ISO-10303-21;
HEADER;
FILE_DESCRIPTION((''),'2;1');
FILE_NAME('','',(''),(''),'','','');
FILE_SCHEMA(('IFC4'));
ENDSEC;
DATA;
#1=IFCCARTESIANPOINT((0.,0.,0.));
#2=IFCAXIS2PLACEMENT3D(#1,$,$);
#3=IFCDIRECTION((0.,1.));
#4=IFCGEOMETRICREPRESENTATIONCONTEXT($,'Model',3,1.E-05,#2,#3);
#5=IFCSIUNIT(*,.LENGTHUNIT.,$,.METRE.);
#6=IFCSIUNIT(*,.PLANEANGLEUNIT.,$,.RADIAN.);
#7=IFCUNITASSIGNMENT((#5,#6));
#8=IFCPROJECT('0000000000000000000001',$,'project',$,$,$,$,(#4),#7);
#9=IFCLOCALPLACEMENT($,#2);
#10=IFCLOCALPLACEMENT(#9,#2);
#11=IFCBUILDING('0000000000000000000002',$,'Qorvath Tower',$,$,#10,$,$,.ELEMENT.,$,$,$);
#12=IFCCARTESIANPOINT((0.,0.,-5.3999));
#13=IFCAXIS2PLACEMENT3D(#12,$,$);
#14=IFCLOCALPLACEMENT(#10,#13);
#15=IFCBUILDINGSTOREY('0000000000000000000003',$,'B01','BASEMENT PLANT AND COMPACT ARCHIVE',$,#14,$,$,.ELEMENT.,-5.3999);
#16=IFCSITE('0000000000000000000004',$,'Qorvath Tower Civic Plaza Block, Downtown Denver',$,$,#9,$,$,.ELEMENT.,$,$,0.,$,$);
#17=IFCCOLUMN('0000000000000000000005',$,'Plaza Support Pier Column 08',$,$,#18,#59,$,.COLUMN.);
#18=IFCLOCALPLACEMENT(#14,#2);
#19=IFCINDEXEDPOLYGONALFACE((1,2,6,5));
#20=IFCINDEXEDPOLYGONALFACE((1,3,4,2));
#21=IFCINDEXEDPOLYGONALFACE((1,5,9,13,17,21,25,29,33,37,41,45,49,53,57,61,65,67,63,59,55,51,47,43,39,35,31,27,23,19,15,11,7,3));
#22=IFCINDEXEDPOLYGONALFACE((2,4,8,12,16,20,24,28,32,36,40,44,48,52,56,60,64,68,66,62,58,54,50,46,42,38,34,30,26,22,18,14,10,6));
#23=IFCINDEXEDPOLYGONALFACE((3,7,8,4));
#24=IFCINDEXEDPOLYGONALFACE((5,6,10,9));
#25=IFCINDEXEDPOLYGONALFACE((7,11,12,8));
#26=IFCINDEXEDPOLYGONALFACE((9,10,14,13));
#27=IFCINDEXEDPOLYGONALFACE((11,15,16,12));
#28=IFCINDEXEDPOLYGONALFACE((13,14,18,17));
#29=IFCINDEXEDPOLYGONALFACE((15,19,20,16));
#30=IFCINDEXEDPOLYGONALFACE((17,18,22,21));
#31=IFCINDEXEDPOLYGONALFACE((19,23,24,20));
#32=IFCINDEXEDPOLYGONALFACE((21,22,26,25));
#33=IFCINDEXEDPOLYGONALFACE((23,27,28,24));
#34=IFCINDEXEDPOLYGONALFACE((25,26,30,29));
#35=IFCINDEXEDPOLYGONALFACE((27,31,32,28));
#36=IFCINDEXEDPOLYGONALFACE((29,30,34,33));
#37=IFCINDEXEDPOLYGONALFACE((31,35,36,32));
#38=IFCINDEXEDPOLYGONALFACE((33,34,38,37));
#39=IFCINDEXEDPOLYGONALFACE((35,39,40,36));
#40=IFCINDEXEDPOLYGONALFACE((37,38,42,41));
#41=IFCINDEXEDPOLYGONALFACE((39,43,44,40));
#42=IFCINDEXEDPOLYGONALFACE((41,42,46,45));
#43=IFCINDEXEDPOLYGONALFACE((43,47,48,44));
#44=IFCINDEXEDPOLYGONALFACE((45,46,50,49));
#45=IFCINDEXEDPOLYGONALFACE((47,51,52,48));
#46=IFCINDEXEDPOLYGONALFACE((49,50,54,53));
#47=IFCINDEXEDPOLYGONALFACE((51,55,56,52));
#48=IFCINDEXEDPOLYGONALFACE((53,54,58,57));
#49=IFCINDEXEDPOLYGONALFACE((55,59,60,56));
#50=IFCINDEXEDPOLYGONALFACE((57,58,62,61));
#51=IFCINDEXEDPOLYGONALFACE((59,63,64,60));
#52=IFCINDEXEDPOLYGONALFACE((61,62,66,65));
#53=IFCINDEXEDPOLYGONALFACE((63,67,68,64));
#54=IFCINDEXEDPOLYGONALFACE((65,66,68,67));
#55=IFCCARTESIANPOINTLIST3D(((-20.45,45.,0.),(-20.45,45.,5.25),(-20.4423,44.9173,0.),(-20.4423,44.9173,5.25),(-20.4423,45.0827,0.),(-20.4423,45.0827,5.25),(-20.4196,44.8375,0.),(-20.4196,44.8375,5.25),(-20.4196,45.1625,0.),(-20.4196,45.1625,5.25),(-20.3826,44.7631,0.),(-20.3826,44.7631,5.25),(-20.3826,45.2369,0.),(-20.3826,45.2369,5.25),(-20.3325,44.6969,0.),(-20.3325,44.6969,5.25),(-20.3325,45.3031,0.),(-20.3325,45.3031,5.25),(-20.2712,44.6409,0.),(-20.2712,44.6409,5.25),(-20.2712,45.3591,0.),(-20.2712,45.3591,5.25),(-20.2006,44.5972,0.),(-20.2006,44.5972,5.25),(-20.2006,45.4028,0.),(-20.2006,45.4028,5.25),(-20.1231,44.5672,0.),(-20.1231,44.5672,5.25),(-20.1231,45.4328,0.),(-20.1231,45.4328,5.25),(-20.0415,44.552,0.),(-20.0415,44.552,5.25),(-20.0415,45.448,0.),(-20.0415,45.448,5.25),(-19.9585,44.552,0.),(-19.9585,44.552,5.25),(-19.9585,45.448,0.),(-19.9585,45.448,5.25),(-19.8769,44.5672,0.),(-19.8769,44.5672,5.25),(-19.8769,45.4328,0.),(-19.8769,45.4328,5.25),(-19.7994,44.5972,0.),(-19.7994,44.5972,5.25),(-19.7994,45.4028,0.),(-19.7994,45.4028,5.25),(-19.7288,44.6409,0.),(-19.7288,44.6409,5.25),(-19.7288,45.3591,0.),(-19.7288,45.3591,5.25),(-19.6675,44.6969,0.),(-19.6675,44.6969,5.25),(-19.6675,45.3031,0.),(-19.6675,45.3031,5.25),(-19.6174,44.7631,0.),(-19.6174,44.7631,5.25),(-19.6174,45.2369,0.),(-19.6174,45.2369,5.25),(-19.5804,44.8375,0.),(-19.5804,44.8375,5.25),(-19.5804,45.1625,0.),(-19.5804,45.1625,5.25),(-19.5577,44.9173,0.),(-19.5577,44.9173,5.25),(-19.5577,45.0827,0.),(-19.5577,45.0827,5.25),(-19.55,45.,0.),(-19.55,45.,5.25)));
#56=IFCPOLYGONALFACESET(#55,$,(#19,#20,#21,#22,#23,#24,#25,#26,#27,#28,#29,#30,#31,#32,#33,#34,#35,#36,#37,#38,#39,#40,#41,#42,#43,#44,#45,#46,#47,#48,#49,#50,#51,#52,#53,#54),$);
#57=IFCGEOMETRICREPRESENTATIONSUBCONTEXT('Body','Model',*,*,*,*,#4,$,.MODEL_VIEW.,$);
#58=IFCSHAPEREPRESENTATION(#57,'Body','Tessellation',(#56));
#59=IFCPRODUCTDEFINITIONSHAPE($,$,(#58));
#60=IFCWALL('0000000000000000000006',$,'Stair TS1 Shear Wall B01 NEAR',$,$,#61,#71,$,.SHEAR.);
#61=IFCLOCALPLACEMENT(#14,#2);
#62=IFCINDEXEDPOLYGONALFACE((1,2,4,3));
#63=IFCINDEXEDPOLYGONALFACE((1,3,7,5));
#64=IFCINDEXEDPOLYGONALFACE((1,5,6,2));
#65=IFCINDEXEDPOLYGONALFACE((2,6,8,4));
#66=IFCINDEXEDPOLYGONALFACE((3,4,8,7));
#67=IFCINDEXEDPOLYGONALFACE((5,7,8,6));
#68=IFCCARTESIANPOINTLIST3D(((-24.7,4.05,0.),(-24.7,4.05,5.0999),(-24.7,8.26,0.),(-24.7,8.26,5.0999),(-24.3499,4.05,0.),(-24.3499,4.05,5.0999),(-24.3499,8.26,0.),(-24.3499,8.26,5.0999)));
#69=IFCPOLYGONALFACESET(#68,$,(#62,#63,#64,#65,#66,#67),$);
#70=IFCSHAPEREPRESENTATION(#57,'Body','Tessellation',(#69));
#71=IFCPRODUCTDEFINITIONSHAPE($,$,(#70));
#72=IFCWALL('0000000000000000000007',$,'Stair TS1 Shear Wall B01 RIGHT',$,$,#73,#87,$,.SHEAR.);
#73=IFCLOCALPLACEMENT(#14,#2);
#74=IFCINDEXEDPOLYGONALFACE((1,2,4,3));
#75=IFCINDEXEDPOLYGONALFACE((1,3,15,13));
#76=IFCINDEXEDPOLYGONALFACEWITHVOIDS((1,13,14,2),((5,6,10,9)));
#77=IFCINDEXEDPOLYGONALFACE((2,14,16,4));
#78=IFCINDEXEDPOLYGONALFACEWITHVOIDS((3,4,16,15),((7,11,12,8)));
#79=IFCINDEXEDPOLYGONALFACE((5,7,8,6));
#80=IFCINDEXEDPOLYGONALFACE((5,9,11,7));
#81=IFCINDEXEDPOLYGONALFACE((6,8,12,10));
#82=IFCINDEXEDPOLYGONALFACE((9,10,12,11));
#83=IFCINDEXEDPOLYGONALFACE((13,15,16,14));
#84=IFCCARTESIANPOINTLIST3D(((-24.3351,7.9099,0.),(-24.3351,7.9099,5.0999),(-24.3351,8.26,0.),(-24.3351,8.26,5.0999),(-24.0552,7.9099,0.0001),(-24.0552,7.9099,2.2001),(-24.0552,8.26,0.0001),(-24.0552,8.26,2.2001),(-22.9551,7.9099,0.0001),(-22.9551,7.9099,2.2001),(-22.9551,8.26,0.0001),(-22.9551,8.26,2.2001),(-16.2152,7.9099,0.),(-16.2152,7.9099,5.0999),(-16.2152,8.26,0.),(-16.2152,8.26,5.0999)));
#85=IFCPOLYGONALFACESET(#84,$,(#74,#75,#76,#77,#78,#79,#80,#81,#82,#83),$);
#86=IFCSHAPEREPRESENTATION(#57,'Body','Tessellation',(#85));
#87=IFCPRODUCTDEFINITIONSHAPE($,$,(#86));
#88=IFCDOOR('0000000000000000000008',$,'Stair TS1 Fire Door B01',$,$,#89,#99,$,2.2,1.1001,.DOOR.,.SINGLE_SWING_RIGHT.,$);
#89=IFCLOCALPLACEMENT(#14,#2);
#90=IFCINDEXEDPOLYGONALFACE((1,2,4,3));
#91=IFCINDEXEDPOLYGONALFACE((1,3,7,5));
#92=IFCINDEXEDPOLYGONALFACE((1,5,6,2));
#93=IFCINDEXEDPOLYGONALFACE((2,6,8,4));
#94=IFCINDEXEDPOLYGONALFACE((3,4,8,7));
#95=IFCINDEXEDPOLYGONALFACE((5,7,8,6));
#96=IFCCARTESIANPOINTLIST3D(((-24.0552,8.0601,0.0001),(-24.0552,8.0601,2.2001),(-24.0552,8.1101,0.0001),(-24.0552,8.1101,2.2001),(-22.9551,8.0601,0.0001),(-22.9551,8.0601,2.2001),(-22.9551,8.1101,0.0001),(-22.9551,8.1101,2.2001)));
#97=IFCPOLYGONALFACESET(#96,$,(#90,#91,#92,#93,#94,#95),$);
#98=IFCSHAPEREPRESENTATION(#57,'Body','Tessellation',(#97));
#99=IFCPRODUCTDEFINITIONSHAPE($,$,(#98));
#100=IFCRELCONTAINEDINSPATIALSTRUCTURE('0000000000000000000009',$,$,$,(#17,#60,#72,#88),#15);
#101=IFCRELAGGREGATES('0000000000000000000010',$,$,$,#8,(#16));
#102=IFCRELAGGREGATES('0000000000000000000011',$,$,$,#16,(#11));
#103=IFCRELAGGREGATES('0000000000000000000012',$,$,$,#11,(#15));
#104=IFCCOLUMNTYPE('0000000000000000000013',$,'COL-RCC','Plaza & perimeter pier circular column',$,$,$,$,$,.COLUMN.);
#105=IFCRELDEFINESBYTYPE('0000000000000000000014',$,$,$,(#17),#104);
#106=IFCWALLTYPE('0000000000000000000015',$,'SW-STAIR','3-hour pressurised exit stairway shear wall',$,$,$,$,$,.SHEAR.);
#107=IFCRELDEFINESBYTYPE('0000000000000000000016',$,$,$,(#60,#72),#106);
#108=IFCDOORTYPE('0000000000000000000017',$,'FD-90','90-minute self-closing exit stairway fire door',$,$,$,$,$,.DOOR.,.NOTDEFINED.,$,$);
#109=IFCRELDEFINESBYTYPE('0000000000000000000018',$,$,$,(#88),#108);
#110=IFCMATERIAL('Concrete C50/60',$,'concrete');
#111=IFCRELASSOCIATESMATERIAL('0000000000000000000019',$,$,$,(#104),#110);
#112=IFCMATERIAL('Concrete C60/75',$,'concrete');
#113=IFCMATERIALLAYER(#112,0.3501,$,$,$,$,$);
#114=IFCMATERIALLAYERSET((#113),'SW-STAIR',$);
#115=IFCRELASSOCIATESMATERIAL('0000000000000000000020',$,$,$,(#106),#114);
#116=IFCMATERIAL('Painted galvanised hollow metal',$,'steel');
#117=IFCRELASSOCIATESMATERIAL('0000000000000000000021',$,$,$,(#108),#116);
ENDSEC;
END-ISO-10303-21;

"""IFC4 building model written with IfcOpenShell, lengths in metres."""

from ifc_helpers import new_model, si_unit, direction, frame, frame_2d, origin, origin_2d, place, context, subcontext, project, spatial, rectangle, circle, extrude, material, layer, layer_set, material_profile, profile_set, type_object, element, fill, save


model = new_model("IFC4")

# Units and contexts
model_context = context("Model", 3, precision=1e-05, world=origin(), true_north=direction((0.0, 1.0)))
body_context = subcontext(model_context, "Body", "Model", "MODEL_VIEW")
ifc_project = project(units=[si_unit("LENGTHUNIT", "METRE"), si_unit("PLANEANGLEUNIT", "RADIAN")], contexts=[model_context])

# Site, building, storey
site_placement = place(None, origin())
site = spatial("IfcSite", under=ifc_project, at=site_placement, Name="Qorvath Tower Civic Plaza Block, Downtown Denver", CompositionType="ELEMENT", RefElevation=0.0)
building_placement = place(site_placement, origin())
building = spatial("IfcBuilding", under=site, at=building_placement, Name="Qorvath Tower", CompositionType="ELEMENT")
storey_placement = place(building_placement, frame((0.0, 0.0, -5.3999)))
storey = spatial("IfcBuildingStorey", under=building, at=storey_placement, Name="B01", Description="BASEMENT PLANT AND COMPACT ARCHIVE", CompositionType="ELEMENT", Elevation=-5.3999)

# Column
ifc_material_1 = material(Name="Concrete C50/60", Category="concrete")
ifc_material_profile_1 = material_profile(ifc_material_1, circle(Radius=0.45, at=origin_2d()), Name="RCC 900")
ifc_profile_set_1 = profile_set([ifc_material_profile_1], Name="Concrete C50/60")
column_type_1 = type_object("IfcColumnType", Name="COL-RCC", Description="Plaza & perimeter pier circular column", PredefinedType="COLUMN", material=ifc_profile_set_1)
column_placement = place(storey_placement, frame((-20.0, 45.0, 0.0), z_axis=(0.0, 0.0, 1.0), x_axis=(1.0, 0.0, 0.0)))
element("IfcColumn", 1, at=column_placement, inside=storey, type_object=column_type_1, Name="Plaza Support Pier Column 08", PredefinedType="COLUMN", context=body_context, shape_type="SweptSolid", body=[
    extrude(circle(Radius=0.45, at=origin_2d()), origin(), (0.0, 0.0, 1.0), 5.25),
])

# Wall
ifc_material_2 = material(Name="Concrete C60/75", Category="concrete")
ifc_layer_1 = layer(ifc_material_2, 0.3501)
ifc_layer_set_1 = layer_set([ifc_layer_1], Name="SW-STAIR")
wall_type_1 = type_object("IfcWallType", Name="SW-STAIR", Description="3-hour pressurised exit stairway shear wall", PredefinedType="SHEAR", material=ifc_layer_set_1)
wall_1_placement = place(storey_placement, frame((-24.5249, 8.26, 0.0), z_axis=(0.0, 0.0, 1.0), x_axis=(0.0, -1.0, 0.0)))
element("IfcWall", 2, at=wall_1_placement, inside=storey, type_object=wall_type_1, Name="Stair TS1 Shear Wall B01 NEAR", PredefinedType="SHEAR", context=body_context, shape_type="SweptSolid", body=[
    extrude(rectangle(XDim=4.21, YDim=0.3501, at=frame_2d((2.105, 0.0))), origin(), (0.0, 0.0, 1.0), 5.0999),
])

# Wall, opening, door
wall_2_placement = place(storey_placement, frame((-16.2151, 8.085, 0.0), z_axis=(0.0, 0.0, 1.0), x_axis=(-1.0, 0.0, 0.0)))
wall_2 = element("IfcWall", 3, at=wall_2_placement, inside=storey, type_object=wall_type_1, Name="Stair TS1 Shear Wall B01 RIGHT", PredefinedType="SHEAR", context=body_context, shape_type="SweptSolid", body=[
    extrude(rectangle(XDim=8.1199, YDim=0.3501, at=frame_2d((4.0601, 0.0))), origin(), (0.0, 0.0, 1.0), 5.0999),
])
opening_1_placement = place(wall_2_placement, frame((6.74, 0.0, 0.0)))
opening_1 = element("IfcOpeningElement", 4, at=opening_1_placement, cuts=wall_2, PredefinedType="OPENING", context=body_context, shape_type="SweptSolid", body=[
    extrude(rectangle(XDim=1.1001, YDim=2.2, at=frame_2d((0.55, 1.1001))), frame((0.0, 0.1851, 0.0), z_axis=(0.0, -1.0, 0.0), x_axis=(1.0, 0.0, 0.0)), (0.0, 0.0, 1.0), 0.3701),
])
ifc_material_3 = material(Name="Painted galvanised hollow metal", Category="steel")
door_type_1 = type_object("IfcDoorType", Name="FD-90", Description="90-minute self-closing exit stairway fire door", OperationType="NOTDEFINED", PredefinedType="DOOR", material=ifc_material_3)
door_1_placement = place(opening_1_placement, origin())
door_1 = element("IfcDoor", 5, at=door_1_placement, inside=storey, type_object=door_type_1, Name="Stair TS1 Fire Door B01", OperationType="SINGLE_SWING_RIGHT", OverallHeight=2.2, OverallWidth=1.1001, PredefinedType="DOOR", context=body_context, shape_type="SweptSolid", body=[
    extrude(rectangle(XDim=1.1001, YDim=2.2, at=frame_2d((0.55, 1.1001))), frame((0.0, 0.0249, 0.0), z_axis=(0.0, -1.0, 0.0), x_axis=(1.0, 0.0, 0.0)), (0.0, 0.0, 1.0), 0.05),
])
fill(opening_1, door_1)

save(model, "model.ifc")
